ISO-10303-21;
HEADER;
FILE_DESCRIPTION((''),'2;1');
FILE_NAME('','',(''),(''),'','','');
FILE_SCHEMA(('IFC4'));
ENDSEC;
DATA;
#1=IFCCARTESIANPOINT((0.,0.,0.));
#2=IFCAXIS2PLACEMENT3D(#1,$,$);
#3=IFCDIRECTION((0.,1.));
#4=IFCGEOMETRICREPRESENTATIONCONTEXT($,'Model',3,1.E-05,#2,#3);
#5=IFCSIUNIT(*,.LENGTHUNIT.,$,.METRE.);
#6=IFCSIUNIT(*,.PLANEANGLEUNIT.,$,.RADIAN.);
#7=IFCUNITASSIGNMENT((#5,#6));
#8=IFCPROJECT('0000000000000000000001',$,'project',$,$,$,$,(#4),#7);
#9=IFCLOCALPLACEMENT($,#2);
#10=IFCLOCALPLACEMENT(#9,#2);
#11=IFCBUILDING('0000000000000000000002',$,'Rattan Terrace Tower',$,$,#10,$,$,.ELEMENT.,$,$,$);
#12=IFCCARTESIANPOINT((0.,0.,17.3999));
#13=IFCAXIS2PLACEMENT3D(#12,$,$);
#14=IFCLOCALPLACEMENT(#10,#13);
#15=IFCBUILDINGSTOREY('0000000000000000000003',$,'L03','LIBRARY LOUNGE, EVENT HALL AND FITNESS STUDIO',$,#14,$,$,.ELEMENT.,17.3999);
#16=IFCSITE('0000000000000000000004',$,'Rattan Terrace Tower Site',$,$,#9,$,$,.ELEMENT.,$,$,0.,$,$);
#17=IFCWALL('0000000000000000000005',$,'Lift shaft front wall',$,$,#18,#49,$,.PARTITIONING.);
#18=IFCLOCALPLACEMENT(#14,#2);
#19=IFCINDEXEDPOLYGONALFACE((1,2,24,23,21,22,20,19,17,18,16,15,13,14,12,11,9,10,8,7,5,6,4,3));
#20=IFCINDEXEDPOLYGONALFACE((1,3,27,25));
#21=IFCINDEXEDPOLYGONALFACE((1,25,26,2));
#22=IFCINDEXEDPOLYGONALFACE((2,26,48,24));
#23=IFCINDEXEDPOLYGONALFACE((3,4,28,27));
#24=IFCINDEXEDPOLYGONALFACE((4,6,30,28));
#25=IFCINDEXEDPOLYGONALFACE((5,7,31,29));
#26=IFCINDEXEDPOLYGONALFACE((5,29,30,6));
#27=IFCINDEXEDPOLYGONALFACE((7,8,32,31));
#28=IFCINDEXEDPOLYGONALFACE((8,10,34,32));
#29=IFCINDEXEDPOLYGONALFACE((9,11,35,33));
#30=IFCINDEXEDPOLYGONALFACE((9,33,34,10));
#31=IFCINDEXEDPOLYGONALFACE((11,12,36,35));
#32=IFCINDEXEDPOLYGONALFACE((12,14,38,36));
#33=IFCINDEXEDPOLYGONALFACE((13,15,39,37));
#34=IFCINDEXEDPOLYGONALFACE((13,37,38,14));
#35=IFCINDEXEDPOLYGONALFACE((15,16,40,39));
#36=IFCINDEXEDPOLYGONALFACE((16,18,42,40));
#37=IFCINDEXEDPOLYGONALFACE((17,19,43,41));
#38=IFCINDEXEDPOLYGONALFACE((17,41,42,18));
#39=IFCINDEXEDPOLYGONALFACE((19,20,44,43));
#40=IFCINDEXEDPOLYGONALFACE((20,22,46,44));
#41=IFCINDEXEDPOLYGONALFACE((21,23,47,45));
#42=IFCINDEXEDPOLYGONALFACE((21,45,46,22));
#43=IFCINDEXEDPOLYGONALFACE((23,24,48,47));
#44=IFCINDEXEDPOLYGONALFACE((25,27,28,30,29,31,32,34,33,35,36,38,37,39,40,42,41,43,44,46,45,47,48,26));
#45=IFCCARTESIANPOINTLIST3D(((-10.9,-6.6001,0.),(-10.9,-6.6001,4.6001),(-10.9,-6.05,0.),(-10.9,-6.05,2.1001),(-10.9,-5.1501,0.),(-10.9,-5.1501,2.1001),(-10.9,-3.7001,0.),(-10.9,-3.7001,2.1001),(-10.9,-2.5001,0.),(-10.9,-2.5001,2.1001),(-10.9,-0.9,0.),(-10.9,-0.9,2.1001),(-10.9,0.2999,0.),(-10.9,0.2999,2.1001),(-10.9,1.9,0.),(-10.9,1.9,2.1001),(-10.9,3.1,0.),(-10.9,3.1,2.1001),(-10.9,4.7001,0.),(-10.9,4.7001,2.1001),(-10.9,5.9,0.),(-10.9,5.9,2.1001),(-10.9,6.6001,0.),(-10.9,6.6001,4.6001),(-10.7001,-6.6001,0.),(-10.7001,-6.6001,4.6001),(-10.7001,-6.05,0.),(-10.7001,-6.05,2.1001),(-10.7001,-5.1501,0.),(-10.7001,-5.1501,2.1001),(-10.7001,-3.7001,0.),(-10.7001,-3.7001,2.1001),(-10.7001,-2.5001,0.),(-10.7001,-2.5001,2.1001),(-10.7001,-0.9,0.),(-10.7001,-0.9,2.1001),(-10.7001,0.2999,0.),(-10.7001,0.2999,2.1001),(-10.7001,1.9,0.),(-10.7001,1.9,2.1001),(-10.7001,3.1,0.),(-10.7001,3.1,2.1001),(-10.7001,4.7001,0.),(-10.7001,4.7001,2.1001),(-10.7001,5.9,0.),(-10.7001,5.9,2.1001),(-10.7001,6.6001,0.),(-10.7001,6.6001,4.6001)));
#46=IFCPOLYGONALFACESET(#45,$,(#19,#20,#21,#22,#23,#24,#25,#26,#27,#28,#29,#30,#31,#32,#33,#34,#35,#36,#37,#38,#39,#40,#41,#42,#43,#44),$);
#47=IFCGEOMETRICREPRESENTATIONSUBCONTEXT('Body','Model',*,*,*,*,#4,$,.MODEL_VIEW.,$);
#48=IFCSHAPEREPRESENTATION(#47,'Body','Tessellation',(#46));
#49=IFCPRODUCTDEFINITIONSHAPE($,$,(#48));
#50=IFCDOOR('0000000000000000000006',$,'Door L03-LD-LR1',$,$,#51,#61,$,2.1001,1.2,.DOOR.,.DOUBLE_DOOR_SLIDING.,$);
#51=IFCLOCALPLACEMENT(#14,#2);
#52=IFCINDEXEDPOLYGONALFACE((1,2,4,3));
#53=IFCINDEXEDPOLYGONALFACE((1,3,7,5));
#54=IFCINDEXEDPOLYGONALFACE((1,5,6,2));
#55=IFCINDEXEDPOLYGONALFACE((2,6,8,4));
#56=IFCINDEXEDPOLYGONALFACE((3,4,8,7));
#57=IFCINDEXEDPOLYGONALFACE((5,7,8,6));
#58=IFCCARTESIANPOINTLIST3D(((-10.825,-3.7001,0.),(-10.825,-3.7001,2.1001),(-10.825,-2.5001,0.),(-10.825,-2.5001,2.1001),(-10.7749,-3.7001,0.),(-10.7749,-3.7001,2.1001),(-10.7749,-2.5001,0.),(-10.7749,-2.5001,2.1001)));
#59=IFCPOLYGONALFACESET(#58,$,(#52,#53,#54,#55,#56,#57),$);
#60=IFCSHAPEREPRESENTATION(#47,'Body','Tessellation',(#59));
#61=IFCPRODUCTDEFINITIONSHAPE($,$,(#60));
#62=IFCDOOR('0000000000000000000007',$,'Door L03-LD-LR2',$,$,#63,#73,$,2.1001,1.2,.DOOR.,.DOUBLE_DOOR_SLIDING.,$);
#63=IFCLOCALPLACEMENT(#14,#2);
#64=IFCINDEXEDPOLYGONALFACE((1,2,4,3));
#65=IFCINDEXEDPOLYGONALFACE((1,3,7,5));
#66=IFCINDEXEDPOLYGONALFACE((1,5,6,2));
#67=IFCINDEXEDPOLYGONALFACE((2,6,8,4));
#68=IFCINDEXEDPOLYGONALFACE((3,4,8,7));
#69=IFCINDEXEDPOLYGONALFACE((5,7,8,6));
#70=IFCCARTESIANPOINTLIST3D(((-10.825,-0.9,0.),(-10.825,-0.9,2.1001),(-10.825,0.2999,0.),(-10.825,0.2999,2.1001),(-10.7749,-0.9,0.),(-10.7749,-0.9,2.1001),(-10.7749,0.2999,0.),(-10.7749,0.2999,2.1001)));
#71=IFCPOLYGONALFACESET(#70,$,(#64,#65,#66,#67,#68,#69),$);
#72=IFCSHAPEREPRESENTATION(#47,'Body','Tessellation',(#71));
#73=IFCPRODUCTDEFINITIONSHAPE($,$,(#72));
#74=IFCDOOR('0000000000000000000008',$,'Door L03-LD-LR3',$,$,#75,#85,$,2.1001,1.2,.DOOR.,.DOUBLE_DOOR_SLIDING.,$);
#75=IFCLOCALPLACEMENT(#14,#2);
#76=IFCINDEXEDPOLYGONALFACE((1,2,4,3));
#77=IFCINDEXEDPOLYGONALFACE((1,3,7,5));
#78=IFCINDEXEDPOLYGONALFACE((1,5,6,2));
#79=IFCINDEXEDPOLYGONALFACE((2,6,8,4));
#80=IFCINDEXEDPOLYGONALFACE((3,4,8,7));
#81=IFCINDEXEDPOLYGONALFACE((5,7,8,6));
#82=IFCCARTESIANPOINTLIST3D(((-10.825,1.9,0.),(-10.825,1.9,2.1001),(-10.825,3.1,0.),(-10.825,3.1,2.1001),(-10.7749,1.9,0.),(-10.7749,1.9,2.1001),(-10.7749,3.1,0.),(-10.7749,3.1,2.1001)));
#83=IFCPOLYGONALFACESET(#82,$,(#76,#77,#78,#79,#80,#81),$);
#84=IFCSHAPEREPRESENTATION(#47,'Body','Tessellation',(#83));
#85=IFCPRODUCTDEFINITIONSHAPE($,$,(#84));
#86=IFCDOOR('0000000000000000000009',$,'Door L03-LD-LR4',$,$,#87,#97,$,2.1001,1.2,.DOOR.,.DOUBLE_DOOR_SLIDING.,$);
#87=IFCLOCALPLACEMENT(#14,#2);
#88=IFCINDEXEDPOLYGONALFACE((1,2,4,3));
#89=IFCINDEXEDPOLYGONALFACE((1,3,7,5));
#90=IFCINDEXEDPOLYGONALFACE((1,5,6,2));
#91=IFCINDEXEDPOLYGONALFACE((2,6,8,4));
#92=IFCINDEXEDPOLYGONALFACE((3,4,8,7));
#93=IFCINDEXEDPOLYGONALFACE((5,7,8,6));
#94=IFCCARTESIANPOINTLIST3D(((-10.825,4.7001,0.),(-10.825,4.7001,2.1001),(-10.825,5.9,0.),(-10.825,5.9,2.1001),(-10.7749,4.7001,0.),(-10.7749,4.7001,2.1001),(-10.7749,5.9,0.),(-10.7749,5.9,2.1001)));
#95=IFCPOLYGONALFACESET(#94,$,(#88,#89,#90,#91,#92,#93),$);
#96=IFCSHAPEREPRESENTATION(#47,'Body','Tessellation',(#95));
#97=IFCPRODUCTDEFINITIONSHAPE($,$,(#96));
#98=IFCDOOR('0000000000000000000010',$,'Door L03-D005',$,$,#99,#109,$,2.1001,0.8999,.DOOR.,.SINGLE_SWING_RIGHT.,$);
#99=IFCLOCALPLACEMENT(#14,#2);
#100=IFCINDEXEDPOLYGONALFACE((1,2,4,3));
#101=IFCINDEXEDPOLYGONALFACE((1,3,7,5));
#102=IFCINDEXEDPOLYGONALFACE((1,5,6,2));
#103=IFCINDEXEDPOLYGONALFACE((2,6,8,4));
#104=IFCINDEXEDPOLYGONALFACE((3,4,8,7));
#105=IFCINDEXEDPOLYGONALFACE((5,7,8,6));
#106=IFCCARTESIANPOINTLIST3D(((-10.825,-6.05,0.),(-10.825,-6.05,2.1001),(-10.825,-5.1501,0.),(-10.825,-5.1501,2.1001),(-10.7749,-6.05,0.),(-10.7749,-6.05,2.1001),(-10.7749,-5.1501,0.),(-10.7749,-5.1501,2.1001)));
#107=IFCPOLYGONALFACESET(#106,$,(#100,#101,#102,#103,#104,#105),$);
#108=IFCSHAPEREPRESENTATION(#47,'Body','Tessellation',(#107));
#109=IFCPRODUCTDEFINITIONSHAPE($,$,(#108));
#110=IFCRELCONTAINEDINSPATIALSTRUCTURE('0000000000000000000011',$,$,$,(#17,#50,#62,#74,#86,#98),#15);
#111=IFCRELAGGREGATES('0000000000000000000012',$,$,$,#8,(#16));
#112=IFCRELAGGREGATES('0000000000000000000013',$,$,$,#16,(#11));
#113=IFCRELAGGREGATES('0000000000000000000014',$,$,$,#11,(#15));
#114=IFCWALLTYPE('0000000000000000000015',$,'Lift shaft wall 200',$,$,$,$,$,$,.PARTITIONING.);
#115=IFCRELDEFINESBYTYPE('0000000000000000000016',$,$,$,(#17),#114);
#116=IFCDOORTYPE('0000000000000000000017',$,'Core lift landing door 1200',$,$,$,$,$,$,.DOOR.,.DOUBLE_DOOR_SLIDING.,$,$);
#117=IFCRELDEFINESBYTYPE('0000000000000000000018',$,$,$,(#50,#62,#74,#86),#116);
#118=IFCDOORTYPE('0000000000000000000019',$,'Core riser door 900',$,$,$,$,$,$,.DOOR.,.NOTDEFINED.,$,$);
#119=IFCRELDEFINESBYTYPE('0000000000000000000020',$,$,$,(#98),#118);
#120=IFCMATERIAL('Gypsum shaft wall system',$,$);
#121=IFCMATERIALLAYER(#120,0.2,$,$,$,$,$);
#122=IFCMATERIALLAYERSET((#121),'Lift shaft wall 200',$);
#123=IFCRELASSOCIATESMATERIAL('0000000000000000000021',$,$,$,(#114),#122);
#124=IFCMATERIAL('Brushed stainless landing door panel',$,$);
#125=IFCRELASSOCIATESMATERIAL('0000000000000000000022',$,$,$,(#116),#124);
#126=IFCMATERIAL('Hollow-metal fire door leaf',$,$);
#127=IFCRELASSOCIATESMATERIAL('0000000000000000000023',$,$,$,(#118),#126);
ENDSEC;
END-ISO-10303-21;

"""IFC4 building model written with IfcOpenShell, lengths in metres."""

from ifc_helpers import new_model, si_unit, direction, frame, frame_2d, origin, place, context, subcontext, project, spatial, rectangle, extrude, material, layer, layer_set, type_object, element, fill, save


model = new_model("IFC4")

# Units and contexts
model_context = context("Model", 3, precision=1e-05, world=origin(), true_north=direction((0.0, 1.0)))
body_context = subcontext(model_context, "Body", "Model", "MODEL_VIEW")
ifc_project = project(units=[si_unit("LENGTHUNIT", "METRE"), si_unit("PLANEANGLEUNIT", "RADIAN")], contexts=[model_context])

# Site, building, storey
site_placement = place(None, origin())
site = spatial("IfcSite", under=ifc_project, at=site_placement, Name="Rattan Terrace Tower Site", CompositionType="ELEMENT", RefElevation=0.0)
building_placement = place(site_placement, origin())
building = spatial("IfcBuilding", under=site, at=building_placement, Name="Rattan Terrace Tower", CompositionType="ELEMENT")
storey_placement = place(building_placement, frame((0.0, 0.0, 17.3999)))
storey = spatial("IfcBuildingStorey", under=building, at=storey_placement, Name="L03", Description="LIBRARY LOUNGE, EVENT HALL AND FITNESS STUDIO", CompositionType="ELEMENT", Elevation=17.3999)

# Wall, openings, doors
ifc_material_1 = material(Name="Gypsum shaft wall system")
ifc_layer_1 = layer(ifc_material_1, 0.2)
ifc_layer_set_1 = layer_set([ifc_layer_1], Name="Lift shaft wall 200")
wall_type_1 = type_object("IfcWallType", Name="Lift shaft wall 200", PredefinedType="PARTITIONING", material=ifc_layer_set_1)
wall_1_placement = place(storey_placement, frame((-10.8, -6.6001, 0.0), z_axis=(0.0, 0.0, 1.0), x_axis=(0.0, 1.0, 0.0)))
wall_1 = element("IfcWall", 1, at=wall_1_placement, inside=storey, type_object=wall_type_1, Name="Lift shaft front wall", PredefinedType="PARTITIONING", context=body_context, shape_type="SweptSolid", body=[
    extrude(rectangle(XDim=13.2002, YDim=0.2, at=frame_2d((6.6001, 0.0))), origin(), (0.0, 0.0, 1.0), 4.6001),
])
opening_1_placement = place(wall_1_placement, frame((0.55, 0.0, 0.0)))
opening_1 = element("IfcOpeningElement", 2, at=opening_1_placement, cuts=wall_1, PredefinedType="OPENING", context=body_context, shape_type="SweptSolid", body=[
    extrude(rectangle(XDim=0.8999, YDim=2.1001, at=frame_2d((0.45, 1.05))), frame((0.0, 0.1106, 0.0), z_axis=(0.0, -1.0, 0.0), x_axis=(1.0, 0.0, 0.0)), (0.0, 0.0, 1.0), 0.2209),
])
opening_2_placement = place(wall_1_placement, frame((2.8999, 0.0, 0.0)))
opening_2 = element("IfcOpeningElement", 3, at=opening_2_placement, cuts=wall_1, PredefinedType="OPENING", context=body_context, shape_type="SweptSolid", body=[
    extrude(rectangle(XDim=1.2, YDim=2.1001, at=frame_2d((0.6001, 1.05))), frame((0.0, 0.1106, 0.0), z_axis=(0.0, -1.0, 0.0), x_axis=(1.0, 0.0, 0.0)), (0.0, 0.0, 1.0), 0.2209),
])
opening_3_placement = place(wall_1_placement, frame((5.7, 0.0, 0.0)))
opening_3 = element("IfcOpeningElement", 4, at=opening_3_placement, cuts=wall_1, PredefinedType="OPENING", context=body_context, shape_type="SweptSolid", body=[
    extrude(rectangle(XDim=1.2, YDim=2.1001, at=frame_2d((0.6001, 1.05))), frame((0.0, 0.1106, 0.0), z_axis=(0.0, -1.0, 0.0), x_axis=(1.0, 0.0, 0.0)), (0.0, 0.0, 1.0), 0.2209),
])
opening_4_placement = place(wall_1_placement, frame((8.5, 0.0, 0.0)))
opening_4 = element("IfcOpeningElement", 5, at=opening_4_placement, cuts=wall_1, PredefinedType="OPENING", context=body_context, shape_type="SweptSolid", body=[
    extrude(rectangle(XDim=1.2, YDim=2.1001, at=frame_2d((0.6001, 1.05))), frame((0.0, 0.1106, 0.0), z_axis=(0.0, -1.0, 0.0), x_axis=(1.0, 0.0, 0.0)), (0.0, 0.0, 1.0), 0.2209),
])
opening_5_placement = place(wall_1_placement, frame((11.3, 0.0, 0.0)))
opening_5 = element("IfcOpeningElement", 6, at=opening_5_placement, cuts=wall_1, PredefinedType="OPENING", context=body_context, shape_type="SweptSolid", body=[
    extrude(rectangle(XDim=1.2, YDim=2.1001, at=frame_2d((0.6001, 1.05))), frame((0.0, 0.1106, 0.0), z_axis=(0.0, -1.0, 0.0), x_axis=(1.0, 0.0, 0.0)), (0.0, 0.0, 1.0), 0.2209),
])
ifc_material_2 = material(Name="Brushed stainless landing door panel")
door_type_1 = type_object("IfcDoorType", Name="Core lift landing door 1200", OperationType="DOUBLE_DOOR_SLIDING", PredefinedType="DOOR", material=ifc_material_2)
door_1_placement = place(opening_2_placement, origin())
door_1 = element("IfcDoor", 7, at=door_1_placement, inside=storey, type_object=door_type_1, Name="Door L03-LD-LR1", OperationType="DOUBLE_DOOR_SLIDING", OverallHeight=2.1001, OverallWidth=1.2, PredefinedType="DOOR", context=body_context, shape_type="SweptSolid", body=[
    extrude(rectangle(XDim=1.2, YDim=2.1001, at=frame_2d((0.6001, 1.05))), frame((0.0, 0.0249, 0.0), z_axis=(0.0, -1.0, 0.0), x_axis=(1.0, 0.0, 0.0)), (0.0, 0.0, 1.0), 0.05),
])
fill(opening_2, door_1)
door_2_placement = place(opening_3_placement, origin())
door_2 = element("IfcDoor", 8, at=door_2_placement, inside=storey, type_object=door_type_1, Name="Door L03-LD-LR2", OperationType="DOUBLE_DOOR_SLIDING", OverallHeight=2.1001, OverallWidth=1.2, PredefinedType="DOOR", context=body_context, shape_type="SweptSolid", body=[
    extrude(rectangle(XDim=1.2, YDim=2.1001, at=frame_2d((0.6001, 1.05))), frame((0.0, 0.0249, 0.0), z_axis=(0.0, -1.0, 0.0), x_axis=(1.0, 0.0, 0.0)), (0.0, 0.0, 1.0), 0.05),
])
fill(opening_3, door_2)
door_3_placement = place(opening_4_placement, origin())
door_3 = element("IfcDoor", 9, at=door_3_placement, inside=storey, type_object=door_type_1, Name="Door L03-LD-LR3", OperationType="DOUBLE_DOOR_SLIDING", OverallHeight=2.1001, OverallWidth=1.2, PredefinedType="DOOR", context=body_context, shape_type="SweptSolid", body=[
    extrude(rectangle(XDim=1.2, YDim=2.1001, at=frame_2d((0.6001, 1.05))), frame((0.0, 0.0249, 0.0), z_axis=(0.0, -1.0, 0.0), x_axis=(1.0, 0.0, 0.0)), (0.0, 0.0, 1.0), 0.05),
])
fill(opening_4, door_3)
door_4_placement = place(opening_5_placement, origin())
door_4 = element("IfcDoor", 10, at=door_4_placement, inside=storey, type_object=door_type_1, Name="Door L03-LD-LR4", OperationType="DOUBLE_DOOR_SLIDING", OverallHeight=2.1001, OverallWidth=1.2, PredefinedType="DOOR", context=body_context, shape_type="SweptSolid", body=[
    extrude(rectangle(XDim=1.2, YDim=2.1001, at=frame_2d((0.6001, 1.05))), frame((0.0, 0.0249, 0.0), z_axis=(0.0, -1.0, 0.0), x_axis=(1.0, 0.0, 0.0)), (0.0, 0.0, 1.0), 0.05),
])
fill(opening_5, door_4)
ifc_material_3 = material(Name="Hollow-metal fire door leaf")
door_type_2 = type_object("IfcDoorType", Name="Core riser door 900", OperationType="NOTDEFINED", PredefinedType="DOOR", material=ifc_material_3)
door_5_placement = place(opening_1_placement, origin())
door_5 = element("IfcDoor", 11, at=door_5_placement, inside=storey, type_object=door_type_2, Name="Door L03-D005", OperationType="SINGLE_SWING_RIGHT", OverallHeight=2.1001, OverallWidth=0.8999, PredefinedType="DOOR", context=body_context, shape_type="SweptSolid", body=[
    extrude(rectangle(XDim=0.8999, YDim=2.1001, at=frame_2d((0.45, 1.05))), frame((0.0, 0.0249, 0.0), z_axis=(0.0, -1.0, 0.0), x_axis=(1.0, 0.0, 0.0)), (0.0, 0.0, 1.0), 0.05),
])
fill(opening_1, door_5)

save(model, "model.ifc")
